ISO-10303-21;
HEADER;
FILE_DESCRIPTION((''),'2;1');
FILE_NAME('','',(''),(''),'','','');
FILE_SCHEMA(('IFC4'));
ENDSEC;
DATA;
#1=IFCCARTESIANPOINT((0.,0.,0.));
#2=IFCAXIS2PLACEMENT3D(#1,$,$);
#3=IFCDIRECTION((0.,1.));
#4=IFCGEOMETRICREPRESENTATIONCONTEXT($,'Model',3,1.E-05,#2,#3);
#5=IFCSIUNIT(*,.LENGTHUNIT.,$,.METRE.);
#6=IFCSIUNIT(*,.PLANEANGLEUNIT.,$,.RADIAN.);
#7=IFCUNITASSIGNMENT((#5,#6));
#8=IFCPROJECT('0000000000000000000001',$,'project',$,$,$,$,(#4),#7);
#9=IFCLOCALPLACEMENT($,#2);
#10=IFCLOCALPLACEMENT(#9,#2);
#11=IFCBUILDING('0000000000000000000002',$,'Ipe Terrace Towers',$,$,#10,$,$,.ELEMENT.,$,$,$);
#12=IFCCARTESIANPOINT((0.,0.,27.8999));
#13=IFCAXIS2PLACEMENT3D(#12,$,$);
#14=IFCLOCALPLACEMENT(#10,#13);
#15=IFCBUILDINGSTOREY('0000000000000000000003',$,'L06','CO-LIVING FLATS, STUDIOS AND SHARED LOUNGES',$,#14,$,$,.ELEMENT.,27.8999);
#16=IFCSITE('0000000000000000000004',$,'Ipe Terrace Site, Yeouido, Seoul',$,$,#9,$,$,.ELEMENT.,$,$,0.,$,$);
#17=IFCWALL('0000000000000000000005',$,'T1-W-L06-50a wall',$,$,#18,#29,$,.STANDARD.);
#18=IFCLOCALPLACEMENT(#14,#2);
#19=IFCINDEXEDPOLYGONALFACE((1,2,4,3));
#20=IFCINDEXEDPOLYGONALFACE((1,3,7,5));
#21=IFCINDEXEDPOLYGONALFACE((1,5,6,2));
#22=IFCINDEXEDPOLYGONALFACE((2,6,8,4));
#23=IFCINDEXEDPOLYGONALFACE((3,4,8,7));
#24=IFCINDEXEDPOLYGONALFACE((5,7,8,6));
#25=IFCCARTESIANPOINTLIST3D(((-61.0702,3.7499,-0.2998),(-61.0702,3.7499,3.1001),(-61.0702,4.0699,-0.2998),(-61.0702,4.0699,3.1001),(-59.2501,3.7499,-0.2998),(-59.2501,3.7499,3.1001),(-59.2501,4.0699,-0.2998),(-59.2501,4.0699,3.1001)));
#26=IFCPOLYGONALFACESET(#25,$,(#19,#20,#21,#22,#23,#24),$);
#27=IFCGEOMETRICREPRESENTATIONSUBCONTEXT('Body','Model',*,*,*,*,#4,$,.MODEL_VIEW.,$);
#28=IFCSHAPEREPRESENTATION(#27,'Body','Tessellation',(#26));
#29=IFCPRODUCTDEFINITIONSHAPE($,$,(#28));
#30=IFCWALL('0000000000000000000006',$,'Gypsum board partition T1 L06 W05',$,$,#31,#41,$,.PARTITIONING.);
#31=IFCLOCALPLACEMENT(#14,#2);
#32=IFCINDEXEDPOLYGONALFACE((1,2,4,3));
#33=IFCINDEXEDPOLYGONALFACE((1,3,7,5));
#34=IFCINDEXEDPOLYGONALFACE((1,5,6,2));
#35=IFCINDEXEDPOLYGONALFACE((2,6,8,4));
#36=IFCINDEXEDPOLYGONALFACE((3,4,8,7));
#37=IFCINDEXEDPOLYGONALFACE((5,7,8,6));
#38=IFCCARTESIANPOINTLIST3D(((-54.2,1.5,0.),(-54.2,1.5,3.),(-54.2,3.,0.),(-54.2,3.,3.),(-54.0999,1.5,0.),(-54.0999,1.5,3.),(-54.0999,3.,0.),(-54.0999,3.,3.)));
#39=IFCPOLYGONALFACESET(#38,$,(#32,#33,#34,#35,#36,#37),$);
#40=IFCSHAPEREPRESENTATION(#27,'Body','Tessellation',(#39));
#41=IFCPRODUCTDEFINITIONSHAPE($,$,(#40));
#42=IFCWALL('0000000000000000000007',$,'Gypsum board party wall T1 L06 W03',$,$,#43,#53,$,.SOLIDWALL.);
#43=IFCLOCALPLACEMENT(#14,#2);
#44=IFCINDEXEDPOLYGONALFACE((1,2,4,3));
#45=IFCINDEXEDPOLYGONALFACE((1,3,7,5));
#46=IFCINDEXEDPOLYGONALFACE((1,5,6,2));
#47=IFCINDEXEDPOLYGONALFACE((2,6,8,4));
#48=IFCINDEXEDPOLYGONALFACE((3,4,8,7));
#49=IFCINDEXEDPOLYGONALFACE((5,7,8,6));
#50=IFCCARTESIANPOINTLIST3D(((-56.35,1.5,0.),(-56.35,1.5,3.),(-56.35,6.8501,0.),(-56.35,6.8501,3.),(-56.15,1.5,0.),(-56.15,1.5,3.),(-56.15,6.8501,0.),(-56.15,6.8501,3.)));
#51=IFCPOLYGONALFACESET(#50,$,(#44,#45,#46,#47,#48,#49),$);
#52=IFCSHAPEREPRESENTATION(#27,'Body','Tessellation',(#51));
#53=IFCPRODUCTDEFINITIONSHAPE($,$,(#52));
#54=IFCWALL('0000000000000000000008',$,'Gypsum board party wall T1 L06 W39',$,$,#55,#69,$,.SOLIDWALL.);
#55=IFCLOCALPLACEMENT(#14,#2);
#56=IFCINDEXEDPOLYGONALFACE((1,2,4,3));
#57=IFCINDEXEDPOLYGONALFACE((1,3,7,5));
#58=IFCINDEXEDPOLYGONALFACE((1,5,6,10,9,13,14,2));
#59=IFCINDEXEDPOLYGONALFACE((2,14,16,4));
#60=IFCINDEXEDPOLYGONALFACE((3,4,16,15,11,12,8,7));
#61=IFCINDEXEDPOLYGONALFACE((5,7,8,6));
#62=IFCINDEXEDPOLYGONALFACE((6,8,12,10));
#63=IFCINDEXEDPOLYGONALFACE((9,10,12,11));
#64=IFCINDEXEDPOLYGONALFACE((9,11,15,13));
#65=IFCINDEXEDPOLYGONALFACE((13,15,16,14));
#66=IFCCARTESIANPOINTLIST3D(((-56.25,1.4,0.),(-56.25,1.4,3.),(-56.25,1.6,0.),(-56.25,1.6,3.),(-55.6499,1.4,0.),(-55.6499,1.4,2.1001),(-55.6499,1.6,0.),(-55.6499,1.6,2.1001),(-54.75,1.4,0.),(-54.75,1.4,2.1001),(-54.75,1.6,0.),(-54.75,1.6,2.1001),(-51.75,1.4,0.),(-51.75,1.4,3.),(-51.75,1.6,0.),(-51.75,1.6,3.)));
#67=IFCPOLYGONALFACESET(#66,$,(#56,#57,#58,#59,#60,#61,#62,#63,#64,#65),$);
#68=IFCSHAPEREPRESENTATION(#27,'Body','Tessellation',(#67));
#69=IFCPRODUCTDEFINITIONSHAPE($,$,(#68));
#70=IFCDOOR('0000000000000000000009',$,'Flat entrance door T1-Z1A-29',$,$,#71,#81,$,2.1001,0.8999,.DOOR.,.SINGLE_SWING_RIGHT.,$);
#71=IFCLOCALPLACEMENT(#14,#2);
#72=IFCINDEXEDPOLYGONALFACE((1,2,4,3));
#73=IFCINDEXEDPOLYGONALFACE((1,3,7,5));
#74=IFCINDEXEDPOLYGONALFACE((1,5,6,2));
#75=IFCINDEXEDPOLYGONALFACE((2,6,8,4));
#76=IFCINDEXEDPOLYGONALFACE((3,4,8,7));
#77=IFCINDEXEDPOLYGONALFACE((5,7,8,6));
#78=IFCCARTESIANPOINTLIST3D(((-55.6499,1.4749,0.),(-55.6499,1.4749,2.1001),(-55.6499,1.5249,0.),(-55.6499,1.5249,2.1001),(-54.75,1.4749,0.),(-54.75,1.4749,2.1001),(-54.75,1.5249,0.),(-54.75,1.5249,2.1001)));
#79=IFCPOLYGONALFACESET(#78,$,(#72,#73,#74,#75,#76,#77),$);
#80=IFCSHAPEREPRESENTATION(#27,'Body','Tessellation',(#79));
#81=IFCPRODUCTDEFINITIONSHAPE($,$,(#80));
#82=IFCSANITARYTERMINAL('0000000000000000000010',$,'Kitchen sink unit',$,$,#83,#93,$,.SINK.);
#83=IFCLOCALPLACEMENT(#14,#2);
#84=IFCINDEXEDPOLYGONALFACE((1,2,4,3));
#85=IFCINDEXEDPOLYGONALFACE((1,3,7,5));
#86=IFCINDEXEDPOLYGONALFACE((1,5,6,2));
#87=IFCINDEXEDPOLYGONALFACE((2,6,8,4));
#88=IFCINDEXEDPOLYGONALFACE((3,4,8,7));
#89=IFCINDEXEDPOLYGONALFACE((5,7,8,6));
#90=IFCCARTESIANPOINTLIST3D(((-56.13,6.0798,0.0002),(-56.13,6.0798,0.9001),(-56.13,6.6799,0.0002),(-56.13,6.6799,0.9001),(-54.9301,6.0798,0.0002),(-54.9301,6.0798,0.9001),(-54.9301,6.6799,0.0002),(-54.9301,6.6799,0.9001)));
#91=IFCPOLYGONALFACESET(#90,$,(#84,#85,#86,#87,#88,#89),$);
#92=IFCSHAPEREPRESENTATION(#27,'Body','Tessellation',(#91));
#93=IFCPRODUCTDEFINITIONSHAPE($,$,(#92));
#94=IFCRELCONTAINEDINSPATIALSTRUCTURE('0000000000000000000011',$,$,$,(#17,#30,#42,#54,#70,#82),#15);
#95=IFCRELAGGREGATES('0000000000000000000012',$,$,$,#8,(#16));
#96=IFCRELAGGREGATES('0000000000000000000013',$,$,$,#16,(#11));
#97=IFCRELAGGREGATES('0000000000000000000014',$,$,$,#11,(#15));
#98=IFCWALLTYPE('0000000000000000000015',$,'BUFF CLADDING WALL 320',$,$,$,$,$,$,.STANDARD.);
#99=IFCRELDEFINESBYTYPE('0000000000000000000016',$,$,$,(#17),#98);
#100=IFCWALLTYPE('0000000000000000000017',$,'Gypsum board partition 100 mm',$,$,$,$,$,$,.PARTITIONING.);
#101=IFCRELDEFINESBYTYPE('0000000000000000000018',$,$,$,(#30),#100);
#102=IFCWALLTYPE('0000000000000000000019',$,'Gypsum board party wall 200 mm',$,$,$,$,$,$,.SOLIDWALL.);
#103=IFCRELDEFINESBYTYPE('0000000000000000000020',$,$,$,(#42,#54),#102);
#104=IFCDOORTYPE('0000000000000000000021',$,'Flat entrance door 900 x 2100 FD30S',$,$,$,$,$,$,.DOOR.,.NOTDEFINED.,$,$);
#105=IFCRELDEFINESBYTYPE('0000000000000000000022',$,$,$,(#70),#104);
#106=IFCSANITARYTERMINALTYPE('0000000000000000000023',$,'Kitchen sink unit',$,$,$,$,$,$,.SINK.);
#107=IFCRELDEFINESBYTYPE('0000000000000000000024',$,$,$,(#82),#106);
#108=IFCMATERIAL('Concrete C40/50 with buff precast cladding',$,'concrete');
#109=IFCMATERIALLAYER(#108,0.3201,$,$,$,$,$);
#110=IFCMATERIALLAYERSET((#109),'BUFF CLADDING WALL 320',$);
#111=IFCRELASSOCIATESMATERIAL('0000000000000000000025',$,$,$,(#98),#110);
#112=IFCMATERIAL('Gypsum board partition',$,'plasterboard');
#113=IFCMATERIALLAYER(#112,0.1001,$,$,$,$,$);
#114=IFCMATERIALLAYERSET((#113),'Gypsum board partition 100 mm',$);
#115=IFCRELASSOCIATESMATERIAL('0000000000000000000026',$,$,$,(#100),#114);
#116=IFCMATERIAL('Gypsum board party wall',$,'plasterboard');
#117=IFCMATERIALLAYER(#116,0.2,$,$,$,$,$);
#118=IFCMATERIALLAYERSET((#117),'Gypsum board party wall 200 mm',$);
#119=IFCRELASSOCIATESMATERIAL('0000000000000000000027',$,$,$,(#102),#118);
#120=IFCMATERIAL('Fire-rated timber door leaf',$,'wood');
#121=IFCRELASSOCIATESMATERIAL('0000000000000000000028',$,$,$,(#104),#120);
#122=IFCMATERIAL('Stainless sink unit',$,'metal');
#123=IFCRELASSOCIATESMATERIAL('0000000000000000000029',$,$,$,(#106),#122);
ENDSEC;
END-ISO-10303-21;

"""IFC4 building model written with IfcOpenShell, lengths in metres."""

from ifc_helpers import new_model, si_unit, direction, frame, frame_2d, origin, origin_2d, place, context, subcontext, project, spatial, rectangle, extrude, material, layer, layer_set, type_object, element, fill, save


model = new_model("IFC4")

# Units and contexts
model_context = context("Model", 3, precision=1e-05, world=origin(), true_north=direction((0.0, 1.0)))
body_context = subcontext(model_context, "Body", "Model", "MODEL_VIEW")
ifc_project = project(units=[si_unit("LENGTHUNIT", "METRE"), si_unit("PLANEANGLEUNIT", "RADIAN")], contexts=[model_context])

# Site, building, storey
site_placement = place(None, origin())
site = spatial("IfcSite", under=ifc_project, at=site_placement, Name="Ipe Terrace Site, Yeouido, Seoul", CompositionType="ELEMENT", RefElevation=0.0)
building_placement = place(site_placement, origin())
building = spatial("IfcBuilding", under=site, at=building_placement, Name="Ipe Terrace Towers", CompositionType="ELEMENT")
storey_placement = place(building_placement, frame((0.0, 0.0, 27.8999)))
storey = spatial("IfcBuildingStorey", under=building, at=storey_placement, Name="L06", Description="CO-LIVING FLATS, STUDIOS AND SHARED LOUNGES", CompositionType="ELEMENT", Elevation=27.8999)

# Walls
ifc_material_1 = material(Name="Concrete C40/50 with buff precast cladding", Category="concrete")
ifc_layer_1 = layer(ifc_material_1, 0.3201)
ifc_layer_set_1 = layer_set([ifc_layer_1], Name="BUFF CLADDING WALL 320")
wall_type_1 = type_object("IfcWallType", Name="BUFF CLADDING WALL 320", PredefinedType="STANDARD", material=ifc_layer_set_1)
wall_1_placement = place(storey_placement, frame((-59.25, 3.9099, -0.2998), z_axis=(0.0, 0.0, 1.0), x_axis=(-1.0, 0.0, 0.0)))
element("IfcWall", 1, at=wall_1_placement, inside=storey, type_object=wall_type_1, Name="T1-W-L06-50a wall", PredefinedType="STANDARD", context=body_context, shape_type="SweptSolid", body=[
    extrude(rectangle(XDim=1.8201, YDim=0.3201, at=frame_2d((0.9102, 0.0))), origin(), (0.0, 0.0, 1.0), 3.3999),
])
ifc_material_2 = material(Name="Gypsum board partition", Category="plasterboard")
ifc_layer_2 = layer(ifc_material_2, 0.1001)
ifc_layer_set_2 = layer_set([ifc_layer_2], Name="Gypsum board partition 100 mm")
wall_type_2 = type_object("IfcWallType", Name="Gypsum board partition 100 mm", PredefinedType="PARTITIONING", material=ifc_layer_set_2)
wall_2_placement = place(storey_placement, frame((-54.1499, 1.5, 0.0), z_axis=(0.0, 0.0, 1.0), x_axis=(0.0, 1.0, 0.0)))
element("IfcWall", 2, at=wall_2_placement, inside=storey, type_object=wall_type_2, Name="Gypsum board partition T1 L06 W05", PredefinedType="PARTITIONING", context=body_context, shape_type="SweptSolid", body=[
    extrude(rectangle(XDim=1.5, YDim=0.1001, at=frame_2d((0.75, 0.0))), origin(), (0.0, 0.0, 1.0), 3.0),
])
ifc_material_3 = material(Name="Gypsum board party wall", Category="plasterboard")
ifc_layer_3 = layer(ifc_material_3, 0.2)
ifc_layer_set_3 = layer_set([ifc_layer_3], Name="Gypsum board party wall 200 mm")
wall_type_3 = type_object("IfcWallType", Name="Gypsum board party wall 200 mm", PredefinedType="SOLIDWALL", material=ifc_layer_set_3)
wall_3_placement = place(storey_placement, frame((-56.25, 1.5, 0.0), z_axis=(0.0, 0.0, 1.0), x_axis=(0.0, 1.0, 0.0)))
element("IfcWall", 3, at=wall_3_placement, inside=storey, type_object=wall_type_3, Name="Gypsum board party wall T1 L06 W03", PredefinedType="SOLIDWALL", context=body_context, shape_type="SweptSolid", body=[
    extrude(rectangle(XDim=5.3501, YDim=0.2, at=frame_2d((2.675, 0.0))), origin(), (0.0, 0.0, 1.0), 3.0),
])

# Wall, opening, door
wall_4_placement = place(storey_placement, frame((-56.25, 1.5, 0.0), z_axis=(0.0, 0.0, 1.0), x_axis=(1.0, 0.0, 0.0)))
wall_4 = element("IfcWall", 4, at=wall_4_placement, inside=storey, type_object=wall_type_3, Name="Gypsum board party wall T1 L06 W39", PredefinedType="SOLIDWALL", context=body_context, shape_type="SweptSolid", body=[
    extrude(rectangle(XDim=4.5, YDim=0.2, at=frame_2d((2.25, 0.0))), origin(), (0.0, 0.0, 1.0), 3.0),
])
opening_placement = place(wall_4_placement, frame((0.6001, 0.0, 0.0)))
opening = element("IfcOpeningElement", 5, at=opening_placement, cuts=wall_4, PredefinedType="OPENING", context=body_context, shape_type="SweptSolid", body=[
    extrude(rectangle(XDim=0.8999, YDim=2.1001, at=frame_2d((0.45, 1.05))), frame((0.0, 0.1099, 0.0), z_axis=(0.0, -1.0, 0.0), x_axis=(1.0, 0.0, 0.0)), (0.0, 0.0, 1.0), 0.22),
])
ifc_material_4 = material(Name="Fire-rated timber door leaf", Category="wood")
door_type = type_object("IfcDoorType", Name="Flat entrance door 900 x 2100 FD30S", OperationType="NOTDEFINED", PredefinedType="DOOR", material=ifc_material_4)
door_placement = place(opening_placement, origin())
door = element("IfcDoor", 6, at=door_placement, inside=storey, type_object=door_type, Name="Flat entrance door T1-Z1A-29", OperationType="SINGLE_SWING_RIGHT", OverallHeight=2.1001, OverallWidth=0.8999, PredefinedType="DOOR", context=body_context, shape_type="SweptSolid", body=[
    extrude(rectangle(XDim=0.8999, YDim=2.1001, at=frame_2d((0.45, 1.05))), frame((0.0, 0.0249, 0.0), z_axis=(0.0, -1.0, 0.0), x_axis=(1.0, 0.0, 0.0)), (0.0, 0.0, 1.0), 0.05),
])
fill(opening, door)

# Sanitary terminal
ifc_material_5 = material(Name="Stainless sink unit", Category="metal")
sanitary_terminal_type = type_object("IfcSanitaryTerminalType", Name="Kitchen sink unit", PredefinedType="SINK", material=ifc_material_5)
sanitary_terminal_placement = place(storey_placement, frame((-55.53, 6.3799, 0.0002), z_axis=(0.0, 0.0, 1.0), x_axis=(1.0, 0.0, 0.0)))
element("IfcSanitaryTerminal", 7, at=sanitary_terminal_placement, inside=storey, type_object=sanitary_terminal_type, Name="Kitchen sink unit", PredefinedType="SINK", context=body_context, shape_type="SweptSolid", body=[
    extrude(rectangle(XDim=1.2, YDim=0.6001, at=origin_2d()), origin(), (0.0, 0.0, 1.0), 0.8999),
])

save(model, "model.ifc")
